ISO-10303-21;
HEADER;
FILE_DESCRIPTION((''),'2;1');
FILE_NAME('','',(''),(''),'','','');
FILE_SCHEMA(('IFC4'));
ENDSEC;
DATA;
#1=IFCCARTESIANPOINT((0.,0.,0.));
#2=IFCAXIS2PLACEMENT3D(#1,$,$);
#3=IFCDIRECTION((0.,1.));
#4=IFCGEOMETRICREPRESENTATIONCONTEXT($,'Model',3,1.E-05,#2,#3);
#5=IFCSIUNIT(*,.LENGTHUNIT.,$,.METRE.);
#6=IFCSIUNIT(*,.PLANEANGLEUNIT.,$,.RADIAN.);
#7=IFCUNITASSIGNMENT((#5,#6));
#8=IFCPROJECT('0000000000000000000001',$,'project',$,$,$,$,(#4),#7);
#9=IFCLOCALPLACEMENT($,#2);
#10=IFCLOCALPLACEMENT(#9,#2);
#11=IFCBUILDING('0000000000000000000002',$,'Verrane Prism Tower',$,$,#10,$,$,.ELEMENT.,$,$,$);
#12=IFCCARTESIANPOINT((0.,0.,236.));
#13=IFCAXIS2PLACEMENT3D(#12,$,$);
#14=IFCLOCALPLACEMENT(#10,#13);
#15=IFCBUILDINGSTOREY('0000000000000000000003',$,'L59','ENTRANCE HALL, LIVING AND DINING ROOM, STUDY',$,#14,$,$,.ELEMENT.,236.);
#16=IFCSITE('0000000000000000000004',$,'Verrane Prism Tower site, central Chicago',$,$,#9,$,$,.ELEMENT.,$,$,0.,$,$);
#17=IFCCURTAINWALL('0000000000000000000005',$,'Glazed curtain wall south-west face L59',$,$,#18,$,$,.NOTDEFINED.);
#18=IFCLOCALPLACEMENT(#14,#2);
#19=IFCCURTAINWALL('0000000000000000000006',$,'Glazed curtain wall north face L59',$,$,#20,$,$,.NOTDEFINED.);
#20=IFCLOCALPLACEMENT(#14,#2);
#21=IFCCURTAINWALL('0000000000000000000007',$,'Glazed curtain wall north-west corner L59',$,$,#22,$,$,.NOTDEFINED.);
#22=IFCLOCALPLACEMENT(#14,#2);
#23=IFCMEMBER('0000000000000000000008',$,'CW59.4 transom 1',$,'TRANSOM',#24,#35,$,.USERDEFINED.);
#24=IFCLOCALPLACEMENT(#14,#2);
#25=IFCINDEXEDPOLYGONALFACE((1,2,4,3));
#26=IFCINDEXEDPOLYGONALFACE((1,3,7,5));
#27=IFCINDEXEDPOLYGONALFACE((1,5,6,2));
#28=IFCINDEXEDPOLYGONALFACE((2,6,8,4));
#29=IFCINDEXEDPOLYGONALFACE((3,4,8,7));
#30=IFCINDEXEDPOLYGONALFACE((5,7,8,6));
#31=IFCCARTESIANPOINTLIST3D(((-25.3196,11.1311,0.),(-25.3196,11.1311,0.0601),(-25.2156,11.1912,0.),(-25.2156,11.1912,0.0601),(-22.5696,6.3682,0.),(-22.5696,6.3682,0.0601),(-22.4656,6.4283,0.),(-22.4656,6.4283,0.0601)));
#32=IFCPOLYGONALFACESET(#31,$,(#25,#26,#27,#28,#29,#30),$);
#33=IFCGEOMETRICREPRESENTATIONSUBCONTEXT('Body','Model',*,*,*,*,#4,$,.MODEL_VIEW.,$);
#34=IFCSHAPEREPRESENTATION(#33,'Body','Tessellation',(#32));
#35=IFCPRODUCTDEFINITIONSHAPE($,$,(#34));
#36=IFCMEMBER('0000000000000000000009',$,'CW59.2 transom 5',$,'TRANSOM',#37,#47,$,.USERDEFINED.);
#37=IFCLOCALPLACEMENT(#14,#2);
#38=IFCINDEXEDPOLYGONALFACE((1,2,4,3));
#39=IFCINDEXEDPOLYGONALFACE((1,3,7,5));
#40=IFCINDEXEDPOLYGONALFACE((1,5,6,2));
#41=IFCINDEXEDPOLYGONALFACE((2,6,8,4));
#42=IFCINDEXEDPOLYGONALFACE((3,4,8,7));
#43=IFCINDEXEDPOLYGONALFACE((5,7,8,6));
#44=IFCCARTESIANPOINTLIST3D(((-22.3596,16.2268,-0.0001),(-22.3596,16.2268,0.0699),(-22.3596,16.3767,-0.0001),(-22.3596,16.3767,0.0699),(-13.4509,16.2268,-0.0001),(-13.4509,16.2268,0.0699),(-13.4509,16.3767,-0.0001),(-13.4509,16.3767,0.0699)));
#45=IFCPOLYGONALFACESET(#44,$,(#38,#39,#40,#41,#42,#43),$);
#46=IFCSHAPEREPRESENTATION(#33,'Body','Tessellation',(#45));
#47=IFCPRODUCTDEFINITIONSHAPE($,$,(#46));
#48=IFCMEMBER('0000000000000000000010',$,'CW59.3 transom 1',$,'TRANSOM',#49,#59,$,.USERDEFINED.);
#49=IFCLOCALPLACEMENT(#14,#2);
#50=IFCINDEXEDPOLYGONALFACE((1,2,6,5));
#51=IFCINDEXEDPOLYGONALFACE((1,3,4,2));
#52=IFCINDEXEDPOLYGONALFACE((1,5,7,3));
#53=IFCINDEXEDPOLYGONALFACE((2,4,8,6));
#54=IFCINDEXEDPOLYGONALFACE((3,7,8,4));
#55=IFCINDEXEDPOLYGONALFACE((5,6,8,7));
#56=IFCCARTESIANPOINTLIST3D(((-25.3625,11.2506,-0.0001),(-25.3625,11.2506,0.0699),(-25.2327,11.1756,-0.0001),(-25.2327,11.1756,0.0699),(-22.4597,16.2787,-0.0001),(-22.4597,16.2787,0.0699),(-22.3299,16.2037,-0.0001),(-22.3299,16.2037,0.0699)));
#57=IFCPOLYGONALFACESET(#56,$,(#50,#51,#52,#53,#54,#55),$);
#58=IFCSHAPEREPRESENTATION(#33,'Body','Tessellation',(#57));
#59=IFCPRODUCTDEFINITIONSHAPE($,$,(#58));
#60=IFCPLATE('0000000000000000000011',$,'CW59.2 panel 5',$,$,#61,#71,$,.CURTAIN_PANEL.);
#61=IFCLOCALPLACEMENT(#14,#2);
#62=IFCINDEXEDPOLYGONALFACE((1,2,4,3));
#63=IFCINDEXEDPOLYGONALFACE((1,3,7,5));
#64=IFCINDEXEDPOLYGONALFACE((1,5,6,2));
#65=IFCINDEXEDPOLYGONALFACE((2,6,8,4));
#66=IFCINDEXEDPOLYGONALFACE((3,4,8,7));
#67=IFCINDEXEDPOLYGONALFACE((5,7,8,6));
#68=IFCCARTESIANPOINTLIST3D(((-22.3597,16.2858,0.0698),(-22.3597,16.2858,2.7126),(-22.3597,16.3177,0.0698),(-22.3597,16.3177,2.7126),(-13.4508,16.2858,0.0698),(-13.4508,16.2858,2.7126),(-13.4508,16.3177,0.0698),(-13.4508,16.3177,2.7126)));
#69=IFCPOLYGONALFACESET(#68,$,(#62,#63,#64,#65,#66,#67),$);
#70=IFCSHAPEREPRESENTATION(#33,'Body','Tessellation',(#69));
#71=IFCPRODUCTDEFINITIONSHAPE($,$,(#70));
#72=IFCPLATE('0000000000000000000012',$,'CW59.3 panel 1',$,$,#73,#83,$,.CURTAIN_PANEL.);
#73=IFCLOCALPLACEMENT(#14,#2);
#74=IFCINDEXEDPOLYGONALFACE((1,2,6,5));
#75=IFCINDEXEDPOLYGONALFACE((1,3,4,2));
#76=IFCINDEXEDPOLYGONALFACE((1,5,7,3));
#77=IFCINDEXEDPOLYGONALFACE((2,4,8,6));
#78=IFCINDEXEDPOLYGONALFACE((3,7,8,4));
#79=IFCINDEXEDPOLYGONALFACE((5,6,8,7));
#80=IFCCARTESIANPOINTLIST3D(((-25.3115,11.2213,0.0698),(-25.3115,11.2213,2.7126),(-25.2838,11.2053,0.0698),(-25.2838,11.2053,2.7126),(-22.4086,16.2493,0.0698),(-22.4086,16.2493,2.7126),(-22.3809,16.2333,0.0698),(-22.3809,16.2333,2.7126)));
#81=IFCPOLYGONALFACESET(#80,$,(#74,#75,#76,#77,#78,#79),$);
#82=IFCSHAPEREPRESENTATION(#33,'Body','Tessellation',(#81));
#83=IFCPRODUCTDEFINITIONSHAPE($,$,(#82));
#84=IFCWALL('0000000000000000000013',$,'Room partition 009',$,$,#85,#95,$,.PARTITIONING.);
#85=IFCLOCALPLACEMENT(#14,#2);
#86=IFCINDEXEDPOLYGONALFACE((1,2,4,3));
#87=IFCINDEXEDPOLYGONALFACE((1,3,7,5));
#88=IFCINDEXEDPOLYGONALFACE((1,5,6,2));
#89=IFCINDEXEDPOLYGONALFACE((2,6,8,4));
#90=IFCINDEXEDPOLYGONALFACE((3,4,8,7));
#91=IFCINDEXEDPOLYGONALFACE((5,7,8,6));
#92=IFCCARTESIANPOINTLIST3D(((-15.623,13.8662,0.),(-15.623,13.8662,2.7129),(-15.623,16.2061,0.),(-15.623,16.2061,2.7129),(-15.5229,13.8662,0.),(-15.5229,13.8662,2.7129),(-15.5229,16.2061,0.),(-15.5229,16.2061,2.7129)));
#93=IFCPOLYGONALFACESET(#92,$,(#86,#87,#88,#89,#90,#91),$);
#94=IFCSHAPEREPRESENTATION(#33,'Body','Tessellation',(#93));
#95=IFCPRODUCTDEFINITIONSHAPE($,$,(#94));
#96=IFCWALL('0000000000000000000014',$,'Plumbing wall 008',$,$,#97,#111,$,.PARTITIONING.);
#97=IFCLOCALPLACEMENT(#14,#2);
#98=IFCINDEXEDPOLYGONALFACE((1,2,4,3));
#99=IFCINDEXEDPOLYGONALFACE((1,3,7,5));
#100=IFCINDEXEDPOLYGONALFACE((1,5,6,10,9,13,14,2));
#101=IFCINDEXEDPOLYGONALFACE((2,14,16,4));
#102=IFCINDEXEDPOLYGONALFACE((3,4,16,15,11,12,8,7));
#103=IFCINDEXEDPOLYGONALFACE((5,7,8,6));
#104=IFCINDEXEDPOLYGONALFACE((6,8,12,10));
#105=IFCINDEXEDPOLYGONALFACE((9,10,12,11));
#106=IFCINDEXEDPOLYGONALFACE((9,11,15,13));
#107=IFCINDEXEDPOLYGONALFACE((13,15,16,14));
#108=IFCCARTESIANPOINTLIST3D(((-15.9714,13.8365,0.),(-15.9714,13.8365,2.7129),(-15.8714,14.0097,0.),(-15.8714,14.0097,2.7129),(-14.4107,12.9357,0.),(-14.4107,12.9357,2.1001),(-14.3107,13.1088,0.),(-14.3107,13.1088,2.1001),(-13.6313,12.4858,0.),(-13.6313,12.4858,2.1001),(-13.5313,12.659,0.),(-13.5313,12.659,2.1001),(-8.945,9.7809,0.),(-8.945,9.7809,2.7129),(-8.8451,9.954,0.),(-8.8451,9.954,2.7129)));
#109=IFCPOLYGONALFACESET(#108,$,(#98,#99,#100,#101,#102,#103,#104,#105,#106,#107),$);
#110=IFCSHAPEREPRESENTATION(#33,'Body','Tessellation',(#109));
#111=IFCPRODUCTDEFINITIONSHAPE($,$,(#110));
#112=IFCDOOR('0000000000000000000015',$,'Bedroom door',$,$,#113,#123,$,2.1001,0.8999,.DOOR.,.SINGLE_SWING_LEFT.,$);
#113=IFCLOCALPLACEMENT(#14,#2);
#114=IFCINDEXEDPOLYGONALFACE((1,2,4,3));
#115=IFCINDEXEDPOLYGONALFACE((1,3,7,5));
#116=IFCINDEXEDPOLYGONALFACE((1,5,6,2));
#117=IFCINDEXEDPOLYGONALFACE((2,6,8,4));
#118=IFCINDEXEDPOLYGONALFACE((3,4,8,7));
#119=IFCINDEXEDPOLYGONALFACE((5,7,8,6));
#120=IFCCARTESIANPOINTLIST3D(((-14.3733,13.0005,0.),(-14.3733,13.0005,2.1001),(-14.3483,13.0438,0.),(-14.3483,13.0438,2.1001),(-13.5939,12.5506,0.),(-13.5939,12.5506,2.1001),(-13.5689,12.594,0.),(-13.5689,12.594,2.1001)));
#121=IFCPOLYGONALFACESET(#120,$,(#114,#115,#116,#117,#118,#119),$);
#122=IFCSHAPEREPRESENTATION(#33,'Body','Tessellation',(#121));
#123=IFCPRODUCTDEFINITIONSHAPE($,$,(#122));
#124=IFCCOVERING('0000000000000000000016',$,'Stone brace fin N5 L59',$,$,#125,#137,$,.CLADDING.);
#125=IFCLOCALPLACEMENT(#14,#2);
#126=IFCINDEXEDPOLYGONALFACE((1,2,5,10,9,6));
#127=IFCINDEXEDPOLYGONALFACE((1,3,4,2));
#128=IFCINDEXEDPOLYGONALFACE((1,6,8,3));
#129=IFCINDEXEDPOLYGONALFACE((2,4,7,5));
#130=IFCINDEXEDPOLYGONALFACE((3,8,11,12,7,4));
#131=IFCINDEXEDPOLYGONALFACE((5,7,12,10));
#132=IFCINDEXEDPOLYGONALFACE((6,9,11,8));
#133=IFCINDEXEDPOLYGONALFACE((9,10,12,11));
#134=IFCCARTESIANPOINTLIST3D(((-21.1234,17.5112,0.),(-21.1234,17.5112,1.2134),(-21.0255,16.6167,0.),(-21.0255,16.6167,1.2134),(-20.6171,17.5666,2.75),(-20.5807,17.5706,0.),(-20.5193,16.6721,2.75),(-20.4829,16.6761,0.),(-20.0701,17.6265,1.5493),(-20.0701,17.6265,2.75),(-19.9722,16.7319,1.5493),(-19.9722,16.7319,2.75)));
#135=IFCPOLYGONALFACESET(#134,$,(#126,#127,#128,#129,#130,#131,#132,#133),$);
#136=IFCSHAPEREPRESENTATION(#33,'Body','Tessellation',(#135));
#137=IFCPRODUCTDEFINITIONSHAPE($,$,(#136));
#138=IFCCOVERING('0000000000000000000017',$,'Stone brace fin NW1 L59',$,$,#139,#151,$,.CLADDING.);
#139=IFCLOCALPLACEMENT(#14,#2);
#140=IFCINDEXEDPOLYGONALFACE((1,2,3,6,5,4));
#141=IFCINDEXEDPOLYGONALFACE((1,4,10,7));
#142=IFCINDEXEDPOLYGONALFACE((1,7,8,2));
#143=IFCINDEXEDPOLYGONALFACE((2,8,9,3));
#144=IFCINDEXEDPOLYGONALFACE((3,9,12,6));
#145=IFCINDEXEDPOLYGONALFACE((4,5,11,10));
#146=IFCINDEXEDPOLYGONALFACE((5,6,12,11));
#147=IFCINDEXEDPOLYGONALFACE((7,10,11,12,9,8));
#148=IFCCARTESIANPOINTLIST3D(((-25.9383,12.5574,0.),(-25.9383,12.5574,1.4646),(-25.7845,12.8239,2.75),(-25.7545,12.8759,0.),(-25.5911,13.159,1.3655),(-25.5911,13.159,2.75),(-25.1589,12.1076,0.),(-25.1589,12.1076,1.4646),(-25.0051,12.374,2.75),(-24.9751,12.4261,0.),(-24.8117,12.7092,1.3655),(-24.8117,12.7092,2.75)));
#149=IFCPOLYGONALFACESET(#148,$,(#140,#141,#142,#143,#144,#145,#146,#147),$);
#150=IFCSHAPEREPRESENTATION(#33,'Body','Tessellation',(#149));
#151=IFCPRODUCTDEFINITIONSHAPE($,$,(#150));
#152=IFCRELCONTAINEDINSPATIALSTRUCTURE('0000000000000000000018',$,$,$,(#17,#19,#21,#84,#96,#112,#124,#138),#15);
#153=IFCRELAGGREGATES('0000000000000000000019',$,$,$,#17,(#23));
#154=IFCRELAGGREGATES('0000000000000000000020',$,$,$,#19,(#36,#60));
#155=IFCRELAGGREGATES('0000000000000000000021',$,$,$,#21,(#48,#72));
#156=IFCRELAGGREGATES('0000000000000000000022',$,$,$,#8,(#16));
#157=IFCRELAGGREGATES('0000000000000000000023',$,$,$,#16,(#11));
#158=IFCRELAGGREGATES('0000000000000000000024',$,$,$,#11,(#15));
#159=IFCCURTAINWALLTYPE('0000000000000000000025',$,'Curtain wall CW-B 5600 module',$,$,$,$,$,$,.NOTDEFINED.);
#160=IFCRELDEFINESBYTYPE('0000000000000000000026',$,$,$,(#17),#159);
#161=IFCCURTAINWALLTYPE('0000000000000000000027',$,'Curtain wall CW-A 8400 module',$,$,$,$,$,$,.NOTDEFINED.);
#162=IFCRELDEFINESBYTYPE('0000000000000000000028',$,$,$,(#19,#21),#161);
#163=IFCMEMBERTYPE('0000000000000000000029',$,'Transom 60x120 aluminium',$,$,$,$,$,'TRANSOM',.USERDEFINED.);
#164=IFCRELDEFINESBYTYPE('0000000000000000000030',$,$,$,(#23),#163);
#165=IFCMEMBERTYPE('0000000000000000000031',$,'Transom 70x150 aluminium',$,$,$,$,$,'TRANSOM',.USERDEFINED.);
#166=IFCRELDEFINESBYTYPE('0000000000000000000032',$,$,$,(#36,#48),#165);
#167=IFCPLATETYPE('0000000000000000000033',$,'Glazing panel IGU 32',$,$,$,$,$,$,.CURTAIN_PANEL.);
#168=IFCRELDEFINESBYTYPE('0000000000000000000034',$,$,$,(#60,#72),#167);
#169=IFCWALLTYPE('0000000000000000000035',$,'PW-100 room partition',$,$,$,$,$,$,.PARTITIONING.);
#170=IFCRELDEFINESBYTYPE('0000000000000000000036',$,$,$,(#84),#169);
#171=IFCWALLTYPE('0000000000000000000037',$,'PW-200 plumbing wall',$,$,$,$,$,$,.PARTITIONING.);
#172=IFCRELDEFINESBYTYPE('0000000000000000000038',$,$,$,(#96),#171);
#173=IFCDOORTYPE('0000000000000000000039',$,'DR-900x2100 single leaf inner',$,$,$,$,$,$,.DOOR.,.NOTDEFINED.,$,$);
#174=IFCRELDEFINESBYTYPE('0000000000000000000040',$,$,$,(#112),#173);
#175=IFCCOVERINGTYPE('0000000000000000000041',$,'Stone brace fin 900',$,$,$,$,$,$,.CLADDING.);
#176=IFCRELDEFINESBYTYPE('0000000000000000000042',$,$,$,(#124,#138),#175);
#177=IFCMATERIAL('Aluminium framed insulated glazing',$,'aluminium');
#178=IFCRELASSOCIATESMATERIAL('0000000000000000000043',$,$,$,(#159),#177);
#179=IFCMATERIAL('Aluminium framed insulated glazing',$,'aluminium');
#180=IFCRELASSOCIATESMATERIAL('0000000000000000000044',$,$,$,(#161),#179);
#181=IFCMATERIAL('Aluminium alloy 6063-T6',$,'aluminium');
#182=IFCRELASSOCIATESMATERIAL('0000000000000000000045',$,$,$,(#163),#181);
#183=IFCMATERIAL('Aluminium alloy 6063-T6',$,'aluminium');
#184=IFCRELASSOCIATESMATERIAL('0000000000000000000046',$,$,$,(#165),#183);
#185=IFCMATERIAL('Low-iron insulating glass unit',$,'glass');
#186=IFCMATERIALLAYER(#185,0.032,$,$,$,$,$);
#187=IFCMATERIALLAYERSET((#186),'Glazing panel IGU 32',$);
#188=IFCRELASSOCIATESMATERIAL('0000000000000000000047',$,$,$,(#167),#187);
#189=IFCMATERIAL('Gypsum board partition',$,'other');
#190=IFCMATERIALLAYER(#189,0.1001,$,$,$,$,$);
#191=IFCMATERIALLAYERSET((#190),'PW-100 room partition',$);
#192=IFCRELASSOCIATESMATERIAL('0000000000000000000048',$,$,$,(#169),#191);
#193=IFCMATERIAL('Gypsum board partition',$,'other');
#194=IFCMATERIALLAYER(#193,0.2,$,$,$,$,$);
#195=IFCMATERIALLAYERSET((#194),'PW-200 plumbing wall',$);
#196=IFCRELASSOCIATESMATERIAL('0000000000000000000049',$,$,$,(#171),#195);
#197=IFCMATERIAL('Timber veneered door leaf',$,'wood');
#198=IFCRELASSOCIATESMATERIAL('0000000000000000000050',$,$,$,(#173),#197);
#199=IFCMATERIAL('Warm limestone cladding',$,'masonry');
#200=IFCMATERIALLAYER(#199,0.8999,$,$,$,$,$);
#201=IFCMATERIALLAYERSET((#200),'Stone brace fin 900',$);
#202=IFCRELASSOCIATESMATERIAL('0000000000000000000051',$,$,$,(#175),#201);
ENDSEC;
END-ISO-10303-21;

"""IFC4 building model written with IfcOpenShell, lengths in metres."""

from ifc_helpers import new_model, si_unit, direction, frame, frame_2d, origin, origin_2d, place, context, subcontext, project, spatial, polyline, rectangle, outline, extrude, material, layer, layer_set, material_profile, profile_set, type_object, element, fill, aggregate, save


model = new_model("IFC4")

# Units and contexts
model_context = context("Model", 3, precision=1e-05, world=origin(), true_north=direction((0.0, 1.0)))
body_context = subcontext(model_context, "Body", "Model", "MODEL_VIEW")
ifc_project = project(units=[si_unit("LENGTHUNIT", "METRE"), si_unit("PLANEANGLEUNIT", "RADIAN")], contexts=[model_context])

# Site, building, storey
site_placement = place(None, origin())
site = spatial("IfcSite", under=ifc_project, at=site_placement, Name="Verrane Prism Tower site, central Chicago", CompositionType="ELEMENT", RefElevation=0.0)
building_placement = place(site_placement, origin())
building = spatial("IfcBuilding", under=site, at=building_placement, Name="Verrane Prism Tower", CompositionType="ELEMENT")
storey_placement = place(building_placement, frame((0.0, 0.0, 236.0)))
storey = spatial("IfcBuildingStorey", under=building, at=storey_placement, Name="L59", Description="ENTRANCE HALL, LIVING AND DINING ROOM, STUDY", CompositionType="ELEMENT", Elevation=236.0)

# Curtain walls
ifc_material_1 = material(Name="Aluminium framed insulated glazing", Category="aluminium")
curtain_wall_type_1 = type_object("IfcCurtainWallType", Name="Curtain wall CW-B 5600 module", PredefinedType="NOTDEFINED", material=ifc_material_1)
curtain_wall_1_placement = place(storey_placement, origin())
curtain_wall_1 = element("IfcCurtainWall", 1, at=curtain_wall_1_placement, inside=storey, type_object=curtain_wall_type_1, Name="Glazed curtain wall south-west face L59", PredefinedType="NOTDEFINED")
ifc_material_2 = material(Name="Aluminium framed insulated glazing", Category="aluminium")
curtain_wall_type_2 = type_object("IfcCurtainWallType", Name="Curtain wall CW-A 8400 module", PredefinedType="NOTDEFINED", material=ifc_material_2)
curtain_wall_2_placement = place(storey_placement, origin())
curtain_wall_2 = element("IfcCurtainWall", 2, at=curtain_wall_2_placement, inside=storey, type_object=curtain_wall_type_2, Name="Glazed curtain wall north face L59", PredefinedType="NOTDEFINED")
curtain_wall_3_placement = place(storey_placement, origin())
curtain_wall_3 = element("IfcCurtainWall", 3, at=curtain_wall_3_placement, inside=storey, type_object=curtain_wall_type_2, Name="Glazed curtain wall north-west corner L59", PredefinedType="NOTDEFINED")

# Members
ifc_material_3 = material(Name="Aluminium alloy 6063-T6", Category="aluminium")
ifc_material_profile_1 = material_profile(ifc_material_3, rectangle(XDim=0.1201, YDim=0.0601, at=origin_2d()), Name="Transom 60x120 aluminium")
ifc_profile_set_1 = profile_set([ifc_material_profile_1], Name="Aluminium alloy 6063-T6")
member_type_1 = type_object("IfcMemberType", Name="Transom 60x120 aluminium", ElementType="TRANSOM", PredefinedType="USERDEFINED", material=ifc_profile_set_1)
member_1_placement = place(storey_placement, frame((-25.2676, 11.1611, 0.03), z_axis=(0.500016, -0.866016, 0.0), x_axis=(0.866016, 0.500016, 0.0)))
member_1 = element("IfcMember", 4, at=member_1_placement, type_object=member_type_1, Name="CW59.4 transom 1", ObjectType="TRANSOM", PredefinedType="USERDEFINED", context=body_context, shape_type="SweptSolid", body=[
    extrude(rectangle(XDim=0.1201, YDim=0.0601, at=origin_2d()), origin(), (0.0, 0.0, 1.0), 5.4998),
])
aggregate(curtain_wall_1, [member_1])
ifc_material_4 = material(Name="Aluminium alloy 6063-T6", Category="aluminium")
ifc_material_profile_2 = material_profile(ifc_material_4, rectangle(XDim=0.1499, YDim=0.0701, at=origin_2d()), Name="Transom 70x150 aluminium")
ifc_profile_set_2 = profile_set([ifc_material_profile_2], Name="Aluminium alloy 6063-T6")
member_type_2 = type_object("IfcMemberType", Name="Transom 70x150 aluminium", ElementType="TRANSOM", PredefinedType="USERDEFINED", material=ifc_profile_set_2)
member_2_placement = place(storey_placement, frame((-13.4509, 16.3018, 0.0349), z_axis=(-1.0, 0.0, 0.0), x_axis=(0.0, -1.0, 0.0)))
member_2 = element("IfcMember", 5, at=member_2_placement, type_object=member_type_2, Name="CW59.2 transom 5", ObjectType="TRANSOM", PredefinedType="USERDEFINED", context=body_context, shape_type="SweptSolid", body=[
    extrude(rectangle(XDim=0.1499, YDim=0.0701, at=origin_2d()), origin(), (0.0, 0.0, 1.0), 8.9087),
])
member_3_placement = place(storey_placement, frame((-22.3948, 16.2412, 0.0349), z_axis=(-0.499983, -0.866035, 0.0), x_axis=(0.866035, -0.499983, 0.0)))
member_3 = element("IfcMember", 6, at=member_3_placement, type_object=member_type_2, Name="CW59.3 transom 1", ObjectType="TRANSOM", PredefinedType="USERDEFINED", context=body_context, shape_type="SweptSolid", body=[
    extrude(rectangle(XDim=0.1499, YDim=0.0701, at=origin_2d()), origin(), (0.0, 0.0, 1.0), 5.8059),
])

# Plates
ifc_material_5 = material(Name="Low-iron insulating glass unit", Category="glass")
ifc_layer_1 = layer(ifc_material_5, 0.032)
ifc_layer_set_1 = layer_set([ifc_layer_1], Name="Glazing panel IGU 32")
plate_type = type_object("IfcPlateType", Name="Glazing panel IGU 32", PredefinedType="CURTAIN_PANEL", material=ifc_layer_set_1)
plate_1_placement = place(storey_placement, frame((-17.9053, 16.3018, 0.0698), z_axis=(0.0, 0.0, 1.0), x_axis=(-1.0, 0.0, 0.0)))
plate_1 = element("IfcPlate", 7, at=plate_1_placement, type_object=plate_type, Name="CW59.2 panel 5", PredefinedType="CURTAIN_PANEL", context=body_context, shape_type="SweptSolid", body=[
    extrude(rectangle(XDim=8.9089, YDim=0.032, at=origin_2d()), origin(), (0.0, 0.0, 1.0), 2.6428),
])
aggregate(curtain_wall_2, [member_2, plate_1])
plate_2_placement = place(storey_placement, frame((-23.8462, 13.7273, 0.0698), z_axis=(0.0, 0.0, 1.0), x_axis=(-0.499999, -0.866026, 0.0)))
plate_2 = element("IfcPlate", 8, at=plate_2_placement, type_object=plate_type, Name="CW59.3 panel 1", PredefinedType="CURTAIN_PANEL", context=body_context, shape_type="SweptSolid", body=[
    extrude(rectangle(XDim=5.8059, YDim=0.032, at=origin_2d()), origin(), (0.0, 0.0, 1.0), 2.6428),
])
aggregate(curtain_wall_3, [member_3, plate_2])

# Wall
ifc_material_6 = material(Name="Gypsum board partition", Category="other")
ifc_layer_2 = layer(ifc_material_6, 0.1001)
ifc_layer_set_2 = layer_set([ifc_layer_2], Name="PW-100 room partition")
wall_type_1 = type_object("IfcWallType", Name="PW-100 room partition", PredefinedType="PARTITIONING", material=ifc_layer_set_2)
wall_1_placement = place(storey_placement, frame((-15.573, 13.8662, 0.0), z_axis=(0.0, 0.0, 1.0), x_axis=(0.0, 1.0, 0.0)))
element("IfcWall", 9, at=wall_1_placement, inside=storey, type_object=wall_type_1, Name="Room partition 009", PredefinedType="PARTITIONING", context=body_context, shape_type="SweptSolid", body=[
    extrude(rectangle(XDim=2.3398, YDim=0.1001, at=frame_2d((1.1699, 0.0))), origin(), (0.0, 0.0, 1.0), 2.7129),
])

# Wall, opening, door
ifc_material_7 = material(Name="Gypsum board partition", Category="other")
ifc_layer_3 = layer(ifc_material_7, 0.2)
ifc_layer_set_3 = layer_set([ifc_layer_3], Name="PW-200 plumbing wall")
wall_type_2 = type_object("IfcWallType", Name="PW-200 plumbing wall", PredefinedType="PARTITIONING", material=ifc_layer_set_3)
wall_2_placement = place(storey_placement, frame((-15.9214, 13.9231, 0.0), z_axis=(0.0, 0.0, 1.0), x_axis=(0.866079, -0.499907, 0.0)))
wall_2 = element("IfcWall", 10, at=wall_2_placement, inside=storey, type_object=wall_type_2, Name="Plumbing wall 008", PredefinedType="PARTITIONING", context=body_context, shape_type="SweptSolid", body=[
    extrude(rectangle(XDim=8.1128, YDim=0.2, at=frame_2d((4.0564, 0.0))), origin(), (0.0, 0.0, 1.0), 2.7129),
])
opening_placement = place(wall_2_placement, frame((1.802, 0.0, 0.0)))
opening = element("IfcOpeningElement", 11, at=opening_placement, cuts=wall_2, PredefinedType="OPENING", context=body_context, shape_type="SweptSolid", body=[
    extrude(rectangle(XDim=0.8999, YDim=2.1001, at=frame_2d((0.45, 1.05))), frame((0.0, 0.1099, 0.0), z_axis=(0.0, -1.0, 0.0), x_axis=(1.0, 0.0, 0.0)), (0.0, 0.0, 1.0), 0.22),
])
ifc_material_8 = material(Name="Timber veneered door leaf", Category="wood")
door_type = type_object("IfcDoorType", Name="DR-900x2100 single leaf inner", OperationType="NOTDEFINED", PredefinedType="DOOR", material=ifc_material_8)
door_placement = place(opening_placement, origin())
door = element("IfcDoor", 12, at=door_placement, inside=storey, type_object=door_type, Name="Bedroom door", OperationType="SINGLE_SWING_LEFT", OverallHeight=2.1001, OverallWidth=0.8999, PredefinedType="DOOR", context=body_context, shape_type="SweptSolid", body=[
    extrude(rectangle(XDim=0.8999, YDim=2.1001, at=frame_2d((0.45, 1.05))), frame((0.0, 0.0249, 0.0), z_axis=(0.0, -1.0, 0.0), x_axis=(1.0, 0.0, 0.0)), (0.0, 0.0, 1.0), 0.05),
])
fill(opening, door)

# Coverings
ifc_material_9 = material(Name="Warm limestone cladding", Category="masonry")
ifc_layer_4 = layer(ifc_material_9, 0.8999)
ifc_layer_set_4 = layer_set([ifc_layer_4], Name="Stone brace fin 900")
covering_type = type_object("IfcCoveringType", Name="Stone brace fin 900", PredefinedType="CLADDING", material=ifc_layer_set_4)
covering_1_placement = place(storey_placement, frame((-21.0745, 17.064, 0.0), z_axis=(0.0, 0.0, 1.0), x_axis=(0.994068, 0.108762, 0.0)))
element("IfcCovering", 13, at=covering_1_placement, inside=storey, type_object=covering_type, Name="Stone brace fin N5 L59", PredefinedType="CLADDING", context=body_context, shape_type="SweptSolid", body=[
    extrude(outline(polyline([(1.0596, 2.75), (0.5093, 2.75), (0.0, 1.2134), (0.0, 0.0), (0.5459, 0.0), (1.0596, 1.5493), (1.0596, 2.75)])), frame((0.0, 0.45, 0.0), z_axis=(0.0, -1.0, 0.0), x_axis=(1.0, 0.0, 0.0)), (0.0, 0.0, 1.0), 0.8999),
])
covering_2_placement = place(storey_placement, frame((-25.5486, 12.3325, 0.0), z_axis=(0.0, 0.0, 1.0), x_axis=(0.499844, 0.866115, 0.0)))
element("IfcCovering", 14, at=covering_2_placement, inside=storey, type_object=covering_type, Name="Stone brace fin NW1 L59", PredefinedType="CLADDING", context=body_context, shape_type="SweptSolid", body=[
    extrude(outline(polyline([(0.6946, 2.75), (0.3076, 2.75), (0.0, 1.4646), (0.0, 0.0), (0.3677, 0.0), (0.6946, 1.3655), (0.6946, 2.75)])), frame((0.0, 0.45, 0.0), z_axis=(0.0, -1.0, 0.0), x_axis=(1.0, 0.0, 0.0)), (0.0, 0.0, 1.0), 0.8999),
])

save(model, "model.ifc")
